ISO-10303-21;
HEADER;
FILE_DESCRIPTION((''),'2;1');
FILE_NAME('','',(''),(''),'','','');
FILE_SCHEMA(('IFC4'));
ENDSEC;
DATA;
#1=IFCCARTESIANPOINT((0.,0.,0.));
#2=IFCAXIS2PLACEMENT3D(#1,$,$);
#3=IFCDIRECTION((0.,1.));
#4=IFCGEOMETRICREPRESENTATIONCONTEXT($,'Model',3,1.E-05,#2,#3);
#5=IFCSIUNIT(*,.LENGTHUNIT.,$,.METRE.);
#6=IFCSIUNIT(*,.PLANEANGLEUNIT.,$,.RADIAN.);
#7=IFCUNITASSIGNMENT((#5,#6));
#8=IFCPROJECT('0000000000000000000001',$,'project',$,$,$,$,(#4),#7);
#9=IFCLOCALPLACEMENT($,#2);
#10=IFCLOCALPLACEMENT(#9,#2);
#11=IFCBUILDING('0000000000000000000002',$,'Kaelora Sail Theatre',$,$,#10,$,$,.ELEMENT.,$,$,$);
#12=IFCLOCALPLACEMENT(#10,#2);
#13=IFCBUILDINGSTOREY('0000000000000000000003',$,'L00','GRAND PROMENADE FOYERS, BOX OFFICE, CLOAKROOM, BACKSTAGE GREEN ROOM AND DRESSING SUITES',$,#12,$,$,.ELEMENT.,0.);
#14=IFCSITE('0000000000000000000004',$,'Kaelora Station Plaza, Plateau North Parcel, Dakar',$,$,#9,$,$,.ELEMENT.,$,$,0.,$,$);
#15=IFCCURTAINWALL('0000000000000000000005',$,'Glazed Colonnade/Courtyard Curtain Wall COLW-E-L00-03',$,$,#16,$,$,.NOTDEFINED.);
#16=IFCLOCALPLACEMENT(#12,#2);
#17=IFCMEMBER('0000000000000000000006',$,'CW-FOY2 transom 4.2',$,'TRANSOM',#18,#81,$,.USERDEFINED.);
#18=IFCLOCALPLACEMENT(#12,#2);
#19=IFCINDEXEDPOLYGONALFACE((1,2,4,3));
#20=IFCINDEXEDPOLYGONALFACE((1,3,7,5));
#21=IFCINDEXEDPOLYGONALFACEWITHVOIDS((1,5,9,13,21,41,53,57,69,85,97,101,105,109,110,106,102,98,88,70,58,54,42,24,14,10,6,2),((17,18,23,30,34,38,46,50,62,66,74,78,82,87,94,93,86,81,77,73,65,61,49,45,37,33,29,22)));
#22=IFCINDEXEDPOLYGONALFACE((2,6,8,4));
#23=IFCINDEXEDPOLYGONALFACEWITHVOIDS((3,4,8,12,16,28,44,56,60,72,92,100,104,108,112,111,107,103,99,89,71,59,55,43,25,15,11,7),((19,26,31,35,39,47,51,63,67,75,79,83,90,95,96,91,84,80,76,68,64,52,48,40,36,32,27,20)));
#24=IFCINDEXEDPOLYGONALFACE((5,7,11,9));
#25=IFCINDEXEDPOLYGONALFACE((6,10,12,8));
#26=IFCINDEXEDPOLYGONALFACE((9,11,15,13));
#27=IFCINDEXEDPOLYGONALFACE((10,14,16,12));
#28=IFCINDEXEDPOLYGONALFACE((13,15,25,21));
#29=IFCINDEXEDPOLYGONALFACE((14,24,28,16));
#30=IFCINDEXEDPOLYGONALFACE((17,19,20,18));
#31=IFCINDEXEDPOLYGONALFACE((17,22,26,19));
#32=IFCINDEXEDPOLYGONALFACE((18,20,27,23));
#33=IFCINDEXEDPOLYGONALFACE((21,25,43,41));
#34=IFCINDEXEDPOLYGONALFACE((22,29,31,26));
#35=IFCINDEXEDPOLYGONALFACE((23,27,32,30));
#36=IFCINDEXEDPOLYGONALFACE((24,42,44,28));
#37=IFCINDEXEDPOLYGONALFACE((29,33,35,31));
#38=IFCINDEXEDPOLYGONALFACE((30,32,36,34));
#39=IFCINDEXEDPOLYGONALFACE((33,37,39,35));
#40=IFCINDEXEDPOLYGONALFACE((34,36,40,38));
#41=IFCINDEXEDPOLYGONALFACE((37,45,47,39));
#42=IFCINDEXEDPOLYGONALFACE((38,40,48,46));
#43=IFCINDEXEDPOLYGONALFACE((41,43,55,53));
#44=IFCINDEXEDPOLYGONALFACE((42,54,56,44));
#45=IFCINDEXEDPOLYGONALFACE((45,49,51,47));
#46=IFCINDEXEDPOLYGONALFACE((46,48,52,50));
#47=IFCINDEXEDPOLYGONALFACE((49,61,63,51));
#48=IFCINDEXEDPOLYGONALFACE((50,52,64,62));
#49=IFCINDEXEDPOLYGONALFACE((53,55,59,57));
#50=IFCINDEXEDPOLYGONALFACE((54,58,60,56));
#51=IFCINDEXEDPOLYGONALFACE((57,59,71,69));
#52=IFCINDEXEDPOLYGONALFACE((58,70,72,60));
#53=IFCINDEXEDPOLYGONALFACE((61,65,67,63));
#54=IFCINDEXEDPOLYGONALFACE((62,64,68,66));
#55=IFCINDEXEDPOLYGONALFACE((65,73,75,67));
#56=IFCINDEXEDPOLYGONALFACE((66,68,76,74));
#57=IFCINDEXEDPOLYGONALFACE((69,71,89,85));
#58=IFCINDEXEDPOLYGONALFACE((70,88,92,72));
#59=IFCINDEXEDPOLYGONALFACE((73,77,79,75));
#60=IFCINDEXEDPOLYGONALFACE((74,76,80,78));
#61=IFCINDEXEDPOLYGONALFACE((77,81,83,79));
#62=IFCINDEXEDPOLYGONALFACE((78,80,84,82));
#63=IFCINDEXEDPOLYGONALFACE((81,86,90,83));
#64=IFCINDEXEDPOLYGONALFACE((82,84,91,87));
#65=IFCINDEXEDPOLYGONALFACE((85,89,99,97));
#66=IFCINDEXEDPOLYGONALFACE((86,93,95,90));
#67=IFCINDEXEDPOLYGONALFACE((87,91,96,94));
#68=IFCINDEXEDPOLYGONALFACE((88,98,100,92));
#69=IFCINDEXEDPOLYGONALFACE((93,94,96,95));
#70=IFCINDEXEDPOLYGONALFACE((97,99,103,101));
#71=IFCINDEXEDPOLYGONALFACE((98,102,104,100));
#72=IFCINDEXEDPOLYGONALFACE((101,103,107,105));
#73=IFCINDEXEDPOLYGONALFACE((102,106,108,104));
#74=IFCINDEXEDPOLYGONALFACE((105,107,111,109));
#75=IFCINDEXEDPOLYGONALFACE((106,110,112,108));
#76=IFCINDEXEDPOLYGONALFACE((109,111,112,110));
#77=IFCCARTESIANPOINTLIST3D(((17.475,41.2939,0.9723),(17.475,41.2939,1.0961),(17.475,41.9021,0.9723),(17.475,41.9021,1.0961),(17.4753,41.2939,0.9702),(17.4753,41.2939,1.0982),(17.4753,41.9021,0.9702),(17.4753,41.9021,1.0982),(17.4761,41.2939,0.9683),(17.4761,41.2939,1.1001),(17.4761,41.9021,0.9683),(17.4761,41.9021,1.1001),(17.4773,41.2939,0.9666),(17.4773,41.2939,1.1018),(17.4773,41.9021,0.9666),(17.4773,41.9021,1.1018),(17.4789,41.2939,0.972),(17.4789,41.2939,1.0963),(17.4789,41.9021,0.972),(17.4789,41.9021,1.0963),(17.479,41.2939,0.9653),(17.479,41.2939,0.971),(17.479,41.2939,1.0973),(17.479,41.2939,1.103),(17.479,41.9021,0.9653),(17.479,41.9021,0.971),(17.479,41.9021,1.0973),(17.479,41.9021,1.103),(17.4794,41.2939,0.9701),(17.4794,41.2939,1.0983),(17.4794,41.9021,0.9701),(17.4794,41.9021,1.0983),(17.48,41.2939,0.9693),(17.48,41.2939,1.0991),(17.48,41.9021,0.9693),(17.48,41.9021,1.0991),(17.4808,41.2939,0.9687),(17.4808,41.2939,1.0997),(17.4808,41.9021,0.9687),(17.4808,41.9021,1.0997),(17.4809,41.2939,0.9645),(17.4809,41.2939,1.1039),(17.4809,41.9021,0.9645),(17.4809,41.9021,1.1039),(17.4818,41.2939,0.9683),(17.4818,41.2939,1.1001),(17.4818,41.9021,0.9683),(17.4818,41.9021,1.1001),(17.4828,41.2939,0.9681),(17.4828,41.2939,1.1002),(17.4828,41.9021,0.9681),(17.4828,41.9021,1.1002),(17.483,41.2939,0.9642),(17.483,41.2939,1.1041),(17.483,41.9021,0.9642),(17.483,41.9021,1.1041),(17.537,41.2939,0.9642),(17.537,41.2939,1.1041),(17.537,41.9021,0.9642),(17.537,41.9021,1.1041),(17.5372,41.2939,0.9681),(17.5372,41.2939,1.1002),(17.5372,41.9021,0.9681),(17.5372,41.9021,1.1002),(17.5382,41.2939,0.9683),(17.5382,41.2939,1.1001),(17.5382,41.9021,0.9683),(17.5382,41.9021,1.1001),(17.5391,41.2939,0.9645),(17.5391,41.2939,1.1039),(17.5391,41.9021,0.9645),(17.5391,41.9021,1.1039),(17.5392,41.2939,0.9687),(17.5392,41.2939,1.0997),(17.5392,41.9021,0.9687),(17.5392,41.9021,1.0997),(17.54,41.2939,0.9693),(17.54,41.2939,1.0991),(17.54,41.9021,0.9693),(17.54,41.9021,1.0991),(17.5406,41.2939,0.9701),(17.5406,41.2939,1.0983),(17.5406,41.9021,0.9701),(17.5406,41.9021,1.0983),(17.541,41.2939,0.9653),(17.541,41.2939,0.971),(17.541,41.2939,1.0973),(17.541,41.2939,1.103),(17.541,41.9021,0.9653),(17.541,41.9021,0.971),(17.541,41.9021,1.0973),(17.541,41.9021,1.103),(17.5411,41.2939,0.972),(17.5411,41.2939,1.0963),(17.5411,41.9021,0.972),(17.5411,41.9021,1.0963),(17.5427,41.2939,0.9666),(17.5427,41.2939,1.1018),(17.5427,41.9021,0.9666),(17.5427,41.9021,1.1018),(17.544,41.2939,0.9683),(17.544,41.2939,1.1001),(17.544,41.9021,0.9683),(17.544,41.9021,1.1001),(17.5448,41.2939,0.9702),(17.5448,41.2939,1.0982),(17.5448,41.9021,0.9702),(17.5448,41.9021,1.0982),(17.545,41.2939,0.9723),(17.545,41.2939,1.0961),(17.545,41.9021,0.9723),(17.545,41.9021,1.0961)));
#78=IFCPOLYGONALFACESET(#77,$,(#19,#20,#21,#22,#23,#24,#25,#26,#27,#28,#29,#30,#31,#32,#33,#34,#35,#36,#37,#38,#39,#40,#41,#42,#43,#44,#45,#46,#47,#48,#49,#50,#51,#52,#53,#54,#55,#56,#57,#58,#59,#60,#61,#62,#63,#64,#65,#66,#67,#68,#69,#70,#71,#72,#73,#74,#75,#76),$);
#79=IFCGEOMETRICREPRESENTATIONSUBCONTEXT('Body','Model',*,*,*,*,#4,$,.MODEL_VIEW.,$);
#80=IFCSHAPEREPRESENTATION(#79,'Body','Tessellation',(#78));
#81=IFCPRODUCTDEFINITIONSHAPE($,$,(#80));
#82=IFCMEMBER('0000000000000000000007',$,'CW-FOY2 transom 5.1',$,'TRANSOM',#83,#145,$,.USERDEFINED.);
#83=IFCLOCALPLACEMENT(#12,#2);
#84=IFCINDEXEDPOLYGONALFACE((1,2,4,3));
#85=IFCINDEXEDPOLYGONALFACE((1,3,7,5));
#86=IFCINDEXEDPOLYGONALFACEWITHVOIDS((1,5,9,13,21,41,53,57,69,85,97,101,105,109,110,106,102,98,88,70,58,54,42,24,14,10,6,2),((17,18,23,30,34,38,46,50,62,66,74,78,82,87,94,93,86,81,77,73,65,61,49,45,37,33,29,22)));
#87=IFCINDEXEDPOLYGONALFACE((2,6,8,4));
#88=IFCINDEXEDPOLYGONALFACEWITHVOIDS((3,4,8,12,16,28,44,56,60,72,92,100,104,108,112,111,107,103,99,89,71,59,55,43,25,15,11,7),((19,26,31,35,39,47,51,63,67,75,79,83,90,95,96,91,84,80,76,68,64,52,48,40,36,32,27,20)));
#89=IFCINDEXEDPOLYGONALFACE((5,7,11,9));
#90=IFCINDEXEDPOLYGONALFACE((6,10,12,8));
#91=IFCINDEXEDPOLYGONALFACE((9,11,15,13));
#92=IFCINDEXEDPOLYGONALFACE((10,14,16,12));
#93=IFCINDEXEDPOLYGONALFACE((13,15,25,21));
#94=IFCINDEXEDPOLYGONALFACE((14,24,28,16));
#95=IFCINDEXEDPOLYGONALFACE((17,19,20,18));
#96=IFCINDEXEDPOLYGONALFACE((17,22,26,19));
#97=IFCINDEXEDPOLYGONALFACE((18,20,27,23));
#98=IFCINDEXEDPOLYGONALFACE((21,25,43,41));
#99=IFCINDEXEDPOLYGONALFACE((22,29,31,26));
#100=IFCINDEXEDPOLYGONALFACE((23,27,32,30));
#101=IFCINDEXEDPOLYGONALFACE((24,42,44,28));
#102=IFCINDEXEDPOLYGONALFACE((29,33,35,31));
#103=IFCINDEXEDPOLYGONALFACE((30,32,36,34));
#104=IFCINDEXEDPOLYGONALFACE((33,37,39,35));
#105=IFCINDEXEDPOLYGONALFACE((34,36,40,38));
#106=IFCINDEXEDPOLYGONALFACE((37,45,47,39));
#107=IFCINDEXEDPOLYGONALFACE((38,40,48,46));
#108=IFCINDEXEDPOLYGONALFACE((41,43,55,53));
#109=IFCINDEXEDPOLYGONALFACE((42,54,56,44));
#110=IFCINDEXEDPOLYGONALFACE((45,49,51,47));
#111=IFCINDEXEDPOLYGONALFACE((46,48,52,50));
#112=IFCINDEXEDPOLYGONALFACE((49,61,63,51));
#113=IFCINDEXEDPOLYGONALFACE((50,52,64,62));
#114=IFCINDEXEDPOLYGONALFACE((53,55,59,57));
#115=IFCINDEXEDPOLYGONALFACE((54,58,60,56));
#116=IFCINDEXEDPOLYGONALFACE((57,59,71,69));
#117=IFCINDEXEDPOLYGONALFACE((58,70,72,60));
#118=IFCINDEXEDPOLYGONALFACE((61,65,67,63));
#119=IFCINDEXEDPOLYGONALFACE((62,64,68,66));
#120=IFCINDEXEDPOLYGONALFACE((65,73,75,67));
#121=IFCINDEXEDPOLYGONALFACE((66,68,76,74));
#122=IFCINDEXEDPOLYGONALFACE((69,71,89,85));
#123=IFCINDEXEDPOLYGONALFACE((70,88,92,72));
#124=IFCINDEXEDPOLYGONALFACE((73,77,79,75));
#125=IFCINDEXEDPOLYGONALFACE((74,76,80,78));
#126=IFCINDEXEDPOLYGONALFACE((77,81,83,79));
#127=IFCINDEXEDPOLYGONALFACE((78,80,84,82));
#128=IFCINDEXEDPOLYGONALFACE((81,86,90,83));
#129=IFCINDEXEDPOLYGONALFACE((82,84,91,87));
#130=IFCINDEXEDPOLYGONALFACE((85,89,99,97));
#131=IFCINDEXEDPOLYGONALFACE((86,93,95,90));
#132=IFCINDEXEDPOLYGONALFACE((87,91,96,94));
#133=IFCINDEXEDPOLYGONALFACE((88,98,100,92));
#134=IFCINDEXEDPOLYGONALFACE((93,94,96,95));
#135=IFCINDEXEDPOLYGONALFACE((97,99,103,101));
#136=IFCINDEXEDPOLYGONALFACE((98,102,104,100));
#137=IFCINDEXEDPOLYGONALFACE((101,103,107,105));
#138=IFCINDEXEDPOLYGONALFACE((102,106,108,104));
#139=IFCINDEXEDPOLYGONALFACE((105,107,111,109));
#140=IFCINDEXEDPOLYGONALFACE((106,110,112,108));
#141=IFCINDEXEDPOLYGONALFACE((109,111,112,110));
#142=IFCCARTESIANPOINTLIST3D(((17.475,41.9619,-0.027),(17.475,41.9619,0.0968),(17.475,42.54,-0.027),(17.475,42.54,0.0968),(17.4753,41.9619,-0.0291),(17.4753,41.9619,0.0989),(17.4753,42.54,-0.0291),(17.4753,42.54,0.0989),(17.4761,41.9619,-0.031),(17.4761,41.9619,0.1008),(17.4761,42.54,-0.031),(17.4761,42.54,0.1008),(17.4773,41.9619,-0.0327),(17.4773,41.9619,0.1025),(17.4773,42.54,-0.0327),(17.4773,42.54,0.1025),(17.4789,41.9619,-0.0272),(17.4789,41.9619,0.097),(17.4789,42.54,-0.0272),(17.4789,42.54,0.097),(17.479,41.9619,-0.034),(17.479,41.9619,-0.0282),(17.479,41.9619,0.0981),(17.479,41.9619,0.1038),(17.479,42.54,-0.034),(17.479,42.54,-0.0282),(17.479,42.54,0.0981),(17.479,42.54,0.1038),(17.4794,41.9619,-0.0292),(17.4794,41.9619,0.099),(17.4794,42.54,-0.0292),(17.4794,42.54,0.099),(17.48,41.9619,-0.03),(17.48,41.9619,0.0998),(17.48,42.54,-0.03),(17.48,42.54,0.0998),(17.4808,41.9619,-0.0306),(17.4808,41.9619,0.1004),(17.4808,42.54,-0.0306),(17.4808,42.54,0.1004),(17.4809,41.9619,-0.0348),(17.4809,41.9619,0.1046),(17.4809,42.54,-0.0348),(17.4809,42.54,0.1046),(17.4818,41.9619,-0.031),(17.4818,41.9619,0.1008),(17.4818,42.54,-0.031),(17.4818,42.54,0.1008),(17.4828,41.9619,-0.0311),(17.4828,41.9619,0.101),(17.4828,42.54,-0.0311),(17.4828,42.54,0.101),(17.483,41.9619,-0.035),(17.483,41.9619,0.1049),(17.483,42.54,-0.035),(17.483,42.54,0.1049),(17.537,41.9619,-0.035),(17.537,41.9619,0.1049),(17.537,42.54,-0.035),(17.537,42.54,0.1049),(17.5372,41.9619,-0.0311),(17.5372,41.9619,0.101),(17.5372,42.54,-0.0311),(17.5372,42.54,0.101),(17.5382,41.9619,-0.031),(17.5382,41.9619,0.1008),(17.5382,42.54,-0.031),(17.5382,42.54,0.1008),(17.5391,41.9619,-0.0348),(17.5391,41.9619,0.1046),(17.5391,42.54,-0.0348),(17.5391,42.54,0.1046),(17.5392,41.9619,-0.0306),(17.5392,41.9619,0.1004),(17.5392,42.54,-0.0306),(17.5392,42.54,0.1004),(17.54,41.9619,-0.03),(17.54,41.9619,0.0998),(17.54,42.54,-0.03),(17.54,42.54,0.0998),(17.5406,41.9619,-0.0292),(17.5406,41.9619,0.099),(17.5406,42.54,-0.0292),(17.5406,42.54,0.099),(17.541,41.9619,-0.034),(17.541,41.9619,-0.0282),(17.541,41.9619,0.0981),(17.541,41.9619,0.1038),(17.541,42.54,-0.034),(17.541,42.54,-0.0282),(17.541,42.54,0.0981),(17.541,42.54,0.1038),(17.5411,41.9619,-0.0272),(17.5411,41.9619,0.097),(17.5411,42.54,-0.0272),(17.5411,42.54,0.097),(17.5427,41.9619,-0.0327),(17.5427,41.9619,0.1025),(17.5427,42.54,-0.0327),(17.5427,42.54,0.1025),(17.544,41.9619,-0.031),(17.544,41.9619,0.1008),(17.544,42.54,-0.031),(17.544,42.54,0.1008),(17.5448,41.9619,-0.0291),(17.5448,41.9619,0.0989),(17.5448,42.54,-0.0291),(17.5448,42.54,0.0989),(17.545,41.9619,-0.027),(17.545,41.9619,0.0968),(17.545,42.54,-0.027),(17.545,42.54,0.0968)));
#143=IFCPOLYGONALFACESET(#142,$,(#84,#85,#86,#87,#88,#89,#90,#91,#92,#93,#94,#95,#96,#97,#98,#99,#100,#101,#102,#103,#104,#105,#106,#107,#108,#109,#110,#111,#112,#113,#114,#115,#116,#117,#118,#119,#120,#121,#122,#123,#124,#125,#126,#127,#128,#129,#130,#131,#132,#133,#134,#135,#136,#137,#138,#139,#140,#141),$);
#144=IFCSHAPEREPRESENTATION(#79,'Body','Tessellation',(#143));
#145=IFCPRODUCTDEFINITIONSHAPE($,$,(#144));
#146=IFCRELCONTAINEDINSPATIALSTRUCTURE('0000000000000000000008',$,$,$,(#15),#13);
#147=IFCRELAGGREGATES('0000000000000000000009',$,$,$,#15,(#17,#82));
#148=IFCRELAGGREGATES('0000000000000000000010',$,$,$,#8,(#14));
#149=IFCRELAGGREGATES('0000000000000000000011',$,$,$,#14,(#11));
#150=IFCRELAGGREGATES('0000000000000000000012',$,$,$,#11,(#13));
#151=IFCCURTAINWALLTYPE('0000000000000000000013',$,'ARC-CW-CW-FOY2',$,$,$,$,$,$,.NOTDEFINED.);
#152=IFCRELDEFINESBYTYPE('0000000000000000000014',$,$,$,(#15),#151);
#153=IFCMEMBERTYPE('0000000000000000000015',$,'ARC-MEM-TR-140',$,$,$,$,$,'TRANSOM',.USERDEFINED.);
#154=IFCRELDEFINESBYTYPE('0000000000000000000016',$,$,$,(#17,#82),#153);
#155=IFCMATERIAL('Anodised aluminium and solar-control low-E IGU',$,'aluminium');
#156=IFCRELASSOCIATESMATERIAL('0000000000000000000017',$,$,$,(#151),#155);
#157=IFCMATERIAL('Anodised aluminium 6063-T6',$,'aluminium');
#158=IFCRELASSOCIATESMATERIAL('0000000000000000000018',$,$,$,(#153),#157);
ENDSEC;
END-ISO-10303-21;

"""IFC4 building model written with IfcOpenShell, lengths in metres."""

from ifc_helpers import new_model, si_unit, direction, frame, origin, origin_2d, place, context, subcontext, project, spatial, hollow_rectangle, extrude, material, material_profile, profile_set, type_object, element, aggregate, save


model = new_model("IFC4")

# Units and contexts
model_context = context("Model", 3, precision=1e-05, world=origin(), true_north=direction((0.0, 1.0)))
body_context = subcontext(model_context, "Body", "Model", "MODEL_VIEW")
ifc_project = project(units=[si_unit("LENGTHUNIT", "METRE"), si_unit("PLANEANGLEUNIT", "RADIAN")], contexts=[model_context])

# Site, building, storey
site_placement = place(None, origin())
site = spatial("IfcSite", under=ifc_project, at=site_placement, Name="Kaelora Station Plaza, Plateau North Parcel, Dakar", CompositionType="ELEMENT", RefElevation=0.0)
building_placement = place(site_placement, origin())
building = spatial("IfcBuilding", under=site, at=building_placement, Name="Kaelora Sail Theatre", CompositionType="ELEMENT")
storey_placement = place(building_placement, origin())
storey = spatial("IfcBuildingStorey", under=building, at=storey_placement, Name="L00", Description="GRAND PROMENADE FOYERS, BOX OFFICE, CLOAKROOM, BACKSTAGE GREEN ROOM AND DRESSING SUITES", CompositionType="ELEMENT", Elevation=0.0)

# Curtain wall
ifc_material_1 = material(Name="Anodised aluminium and solar-control low-E IGU", Category="aluminium")
curtain_wall_type = type_object("IfcCurtainWallType", Name="ARC-CW-CW-FOY2", PredefinedType="NOTDEFINED", material=ifc_material_1)
curtain_wall_1_placement = place(storey_placement, origin())
curtain_wall_1 = element("IfcCurtainWall", 1, at=curtain_wall_1_placement, inside=storey, type_object=curtain_wall_type, Name="Glazed Colonnade/Courtyard Curtain Wall COLW-E-L00-03", PredefinedType="NOTDEFINED")

# Members
ifc_material_2 = material(Name="Anodised aluminium 6063-T6", Category="aluminium")
ifc_material_profile_1 = material_profile(ifc_material_2, hollow_rectangle(XDim=0.0701, YDim=0.1399, WallThickness=0.0039, InnerFilletRadius=0.0039, OuterFilletRadius=0.0081, at=origin_2d()), Name="ALU-TRAN 70x140x4")
ifc_profile_set_1 = profile_set([ifc_material_profile_1], Name="Anodised aluminium 6063-T6")
member_type_1 = type_object("IfcMemberType", Name="ARC-MEM-TR-140", ElementType="TRANSOM", PredefinedType="USERDEFINED", material=ifc_profile_set_1)
member_1_placement = place(storey_placement, frame((17.51, 41.2939, 1.0342), z_axis=(0.0, 1.0, 0.0), x_axis=(-1.0, 0.0, 0.0)))
member_1 = element("IfcMember", 2, at=member_1_placement, type_object=member_type_1, Name="CW-FOY2 transom 4.2", ObjectType="TRANSOM", PredefinedType="USERDEFINED", context=body_context, shape_type="SweptSolid", body=[
    extrude(hollow_rectangle(XDim=0.0701, YDim=0.1399, WallThickness=0.0039, InnerFilletRadius=0.0039, OuterFilletRadius=0.0081, at=origin_2d()), origin(), (0.0, 0.0, 1.0), 0.6082),
])
member_2_placement = place(storey_placement, frame((17.51, 41.9619, 0.0349), z_axis=(0.0, 1.0, 0.0), x_axis=(-1.0, 0.0, 0.0)))
member_2 = element("IfcMember", 3, at=member_2_placement, type_object=member_type_1, Name="CW-FOY2 transom 5.1", ObjectType="TRANSOM", PredefinedType="USERDEFINED", context=body_context, shape_type="SweptSolid", body=[
    extrude(hollow_rectangle(XDim=0.0701, YDim=0.1399, WallThickness=0.0039, InnerFilletRadius=0.0039, OuterFilletRadius=0.0081, at=origin_2d()), origin(), (0.0, 0.0, 1.0), 0.5781),
])

aggregate(curtain_wall_1, [member_1, member_2])

save(model, "model.ifc")
